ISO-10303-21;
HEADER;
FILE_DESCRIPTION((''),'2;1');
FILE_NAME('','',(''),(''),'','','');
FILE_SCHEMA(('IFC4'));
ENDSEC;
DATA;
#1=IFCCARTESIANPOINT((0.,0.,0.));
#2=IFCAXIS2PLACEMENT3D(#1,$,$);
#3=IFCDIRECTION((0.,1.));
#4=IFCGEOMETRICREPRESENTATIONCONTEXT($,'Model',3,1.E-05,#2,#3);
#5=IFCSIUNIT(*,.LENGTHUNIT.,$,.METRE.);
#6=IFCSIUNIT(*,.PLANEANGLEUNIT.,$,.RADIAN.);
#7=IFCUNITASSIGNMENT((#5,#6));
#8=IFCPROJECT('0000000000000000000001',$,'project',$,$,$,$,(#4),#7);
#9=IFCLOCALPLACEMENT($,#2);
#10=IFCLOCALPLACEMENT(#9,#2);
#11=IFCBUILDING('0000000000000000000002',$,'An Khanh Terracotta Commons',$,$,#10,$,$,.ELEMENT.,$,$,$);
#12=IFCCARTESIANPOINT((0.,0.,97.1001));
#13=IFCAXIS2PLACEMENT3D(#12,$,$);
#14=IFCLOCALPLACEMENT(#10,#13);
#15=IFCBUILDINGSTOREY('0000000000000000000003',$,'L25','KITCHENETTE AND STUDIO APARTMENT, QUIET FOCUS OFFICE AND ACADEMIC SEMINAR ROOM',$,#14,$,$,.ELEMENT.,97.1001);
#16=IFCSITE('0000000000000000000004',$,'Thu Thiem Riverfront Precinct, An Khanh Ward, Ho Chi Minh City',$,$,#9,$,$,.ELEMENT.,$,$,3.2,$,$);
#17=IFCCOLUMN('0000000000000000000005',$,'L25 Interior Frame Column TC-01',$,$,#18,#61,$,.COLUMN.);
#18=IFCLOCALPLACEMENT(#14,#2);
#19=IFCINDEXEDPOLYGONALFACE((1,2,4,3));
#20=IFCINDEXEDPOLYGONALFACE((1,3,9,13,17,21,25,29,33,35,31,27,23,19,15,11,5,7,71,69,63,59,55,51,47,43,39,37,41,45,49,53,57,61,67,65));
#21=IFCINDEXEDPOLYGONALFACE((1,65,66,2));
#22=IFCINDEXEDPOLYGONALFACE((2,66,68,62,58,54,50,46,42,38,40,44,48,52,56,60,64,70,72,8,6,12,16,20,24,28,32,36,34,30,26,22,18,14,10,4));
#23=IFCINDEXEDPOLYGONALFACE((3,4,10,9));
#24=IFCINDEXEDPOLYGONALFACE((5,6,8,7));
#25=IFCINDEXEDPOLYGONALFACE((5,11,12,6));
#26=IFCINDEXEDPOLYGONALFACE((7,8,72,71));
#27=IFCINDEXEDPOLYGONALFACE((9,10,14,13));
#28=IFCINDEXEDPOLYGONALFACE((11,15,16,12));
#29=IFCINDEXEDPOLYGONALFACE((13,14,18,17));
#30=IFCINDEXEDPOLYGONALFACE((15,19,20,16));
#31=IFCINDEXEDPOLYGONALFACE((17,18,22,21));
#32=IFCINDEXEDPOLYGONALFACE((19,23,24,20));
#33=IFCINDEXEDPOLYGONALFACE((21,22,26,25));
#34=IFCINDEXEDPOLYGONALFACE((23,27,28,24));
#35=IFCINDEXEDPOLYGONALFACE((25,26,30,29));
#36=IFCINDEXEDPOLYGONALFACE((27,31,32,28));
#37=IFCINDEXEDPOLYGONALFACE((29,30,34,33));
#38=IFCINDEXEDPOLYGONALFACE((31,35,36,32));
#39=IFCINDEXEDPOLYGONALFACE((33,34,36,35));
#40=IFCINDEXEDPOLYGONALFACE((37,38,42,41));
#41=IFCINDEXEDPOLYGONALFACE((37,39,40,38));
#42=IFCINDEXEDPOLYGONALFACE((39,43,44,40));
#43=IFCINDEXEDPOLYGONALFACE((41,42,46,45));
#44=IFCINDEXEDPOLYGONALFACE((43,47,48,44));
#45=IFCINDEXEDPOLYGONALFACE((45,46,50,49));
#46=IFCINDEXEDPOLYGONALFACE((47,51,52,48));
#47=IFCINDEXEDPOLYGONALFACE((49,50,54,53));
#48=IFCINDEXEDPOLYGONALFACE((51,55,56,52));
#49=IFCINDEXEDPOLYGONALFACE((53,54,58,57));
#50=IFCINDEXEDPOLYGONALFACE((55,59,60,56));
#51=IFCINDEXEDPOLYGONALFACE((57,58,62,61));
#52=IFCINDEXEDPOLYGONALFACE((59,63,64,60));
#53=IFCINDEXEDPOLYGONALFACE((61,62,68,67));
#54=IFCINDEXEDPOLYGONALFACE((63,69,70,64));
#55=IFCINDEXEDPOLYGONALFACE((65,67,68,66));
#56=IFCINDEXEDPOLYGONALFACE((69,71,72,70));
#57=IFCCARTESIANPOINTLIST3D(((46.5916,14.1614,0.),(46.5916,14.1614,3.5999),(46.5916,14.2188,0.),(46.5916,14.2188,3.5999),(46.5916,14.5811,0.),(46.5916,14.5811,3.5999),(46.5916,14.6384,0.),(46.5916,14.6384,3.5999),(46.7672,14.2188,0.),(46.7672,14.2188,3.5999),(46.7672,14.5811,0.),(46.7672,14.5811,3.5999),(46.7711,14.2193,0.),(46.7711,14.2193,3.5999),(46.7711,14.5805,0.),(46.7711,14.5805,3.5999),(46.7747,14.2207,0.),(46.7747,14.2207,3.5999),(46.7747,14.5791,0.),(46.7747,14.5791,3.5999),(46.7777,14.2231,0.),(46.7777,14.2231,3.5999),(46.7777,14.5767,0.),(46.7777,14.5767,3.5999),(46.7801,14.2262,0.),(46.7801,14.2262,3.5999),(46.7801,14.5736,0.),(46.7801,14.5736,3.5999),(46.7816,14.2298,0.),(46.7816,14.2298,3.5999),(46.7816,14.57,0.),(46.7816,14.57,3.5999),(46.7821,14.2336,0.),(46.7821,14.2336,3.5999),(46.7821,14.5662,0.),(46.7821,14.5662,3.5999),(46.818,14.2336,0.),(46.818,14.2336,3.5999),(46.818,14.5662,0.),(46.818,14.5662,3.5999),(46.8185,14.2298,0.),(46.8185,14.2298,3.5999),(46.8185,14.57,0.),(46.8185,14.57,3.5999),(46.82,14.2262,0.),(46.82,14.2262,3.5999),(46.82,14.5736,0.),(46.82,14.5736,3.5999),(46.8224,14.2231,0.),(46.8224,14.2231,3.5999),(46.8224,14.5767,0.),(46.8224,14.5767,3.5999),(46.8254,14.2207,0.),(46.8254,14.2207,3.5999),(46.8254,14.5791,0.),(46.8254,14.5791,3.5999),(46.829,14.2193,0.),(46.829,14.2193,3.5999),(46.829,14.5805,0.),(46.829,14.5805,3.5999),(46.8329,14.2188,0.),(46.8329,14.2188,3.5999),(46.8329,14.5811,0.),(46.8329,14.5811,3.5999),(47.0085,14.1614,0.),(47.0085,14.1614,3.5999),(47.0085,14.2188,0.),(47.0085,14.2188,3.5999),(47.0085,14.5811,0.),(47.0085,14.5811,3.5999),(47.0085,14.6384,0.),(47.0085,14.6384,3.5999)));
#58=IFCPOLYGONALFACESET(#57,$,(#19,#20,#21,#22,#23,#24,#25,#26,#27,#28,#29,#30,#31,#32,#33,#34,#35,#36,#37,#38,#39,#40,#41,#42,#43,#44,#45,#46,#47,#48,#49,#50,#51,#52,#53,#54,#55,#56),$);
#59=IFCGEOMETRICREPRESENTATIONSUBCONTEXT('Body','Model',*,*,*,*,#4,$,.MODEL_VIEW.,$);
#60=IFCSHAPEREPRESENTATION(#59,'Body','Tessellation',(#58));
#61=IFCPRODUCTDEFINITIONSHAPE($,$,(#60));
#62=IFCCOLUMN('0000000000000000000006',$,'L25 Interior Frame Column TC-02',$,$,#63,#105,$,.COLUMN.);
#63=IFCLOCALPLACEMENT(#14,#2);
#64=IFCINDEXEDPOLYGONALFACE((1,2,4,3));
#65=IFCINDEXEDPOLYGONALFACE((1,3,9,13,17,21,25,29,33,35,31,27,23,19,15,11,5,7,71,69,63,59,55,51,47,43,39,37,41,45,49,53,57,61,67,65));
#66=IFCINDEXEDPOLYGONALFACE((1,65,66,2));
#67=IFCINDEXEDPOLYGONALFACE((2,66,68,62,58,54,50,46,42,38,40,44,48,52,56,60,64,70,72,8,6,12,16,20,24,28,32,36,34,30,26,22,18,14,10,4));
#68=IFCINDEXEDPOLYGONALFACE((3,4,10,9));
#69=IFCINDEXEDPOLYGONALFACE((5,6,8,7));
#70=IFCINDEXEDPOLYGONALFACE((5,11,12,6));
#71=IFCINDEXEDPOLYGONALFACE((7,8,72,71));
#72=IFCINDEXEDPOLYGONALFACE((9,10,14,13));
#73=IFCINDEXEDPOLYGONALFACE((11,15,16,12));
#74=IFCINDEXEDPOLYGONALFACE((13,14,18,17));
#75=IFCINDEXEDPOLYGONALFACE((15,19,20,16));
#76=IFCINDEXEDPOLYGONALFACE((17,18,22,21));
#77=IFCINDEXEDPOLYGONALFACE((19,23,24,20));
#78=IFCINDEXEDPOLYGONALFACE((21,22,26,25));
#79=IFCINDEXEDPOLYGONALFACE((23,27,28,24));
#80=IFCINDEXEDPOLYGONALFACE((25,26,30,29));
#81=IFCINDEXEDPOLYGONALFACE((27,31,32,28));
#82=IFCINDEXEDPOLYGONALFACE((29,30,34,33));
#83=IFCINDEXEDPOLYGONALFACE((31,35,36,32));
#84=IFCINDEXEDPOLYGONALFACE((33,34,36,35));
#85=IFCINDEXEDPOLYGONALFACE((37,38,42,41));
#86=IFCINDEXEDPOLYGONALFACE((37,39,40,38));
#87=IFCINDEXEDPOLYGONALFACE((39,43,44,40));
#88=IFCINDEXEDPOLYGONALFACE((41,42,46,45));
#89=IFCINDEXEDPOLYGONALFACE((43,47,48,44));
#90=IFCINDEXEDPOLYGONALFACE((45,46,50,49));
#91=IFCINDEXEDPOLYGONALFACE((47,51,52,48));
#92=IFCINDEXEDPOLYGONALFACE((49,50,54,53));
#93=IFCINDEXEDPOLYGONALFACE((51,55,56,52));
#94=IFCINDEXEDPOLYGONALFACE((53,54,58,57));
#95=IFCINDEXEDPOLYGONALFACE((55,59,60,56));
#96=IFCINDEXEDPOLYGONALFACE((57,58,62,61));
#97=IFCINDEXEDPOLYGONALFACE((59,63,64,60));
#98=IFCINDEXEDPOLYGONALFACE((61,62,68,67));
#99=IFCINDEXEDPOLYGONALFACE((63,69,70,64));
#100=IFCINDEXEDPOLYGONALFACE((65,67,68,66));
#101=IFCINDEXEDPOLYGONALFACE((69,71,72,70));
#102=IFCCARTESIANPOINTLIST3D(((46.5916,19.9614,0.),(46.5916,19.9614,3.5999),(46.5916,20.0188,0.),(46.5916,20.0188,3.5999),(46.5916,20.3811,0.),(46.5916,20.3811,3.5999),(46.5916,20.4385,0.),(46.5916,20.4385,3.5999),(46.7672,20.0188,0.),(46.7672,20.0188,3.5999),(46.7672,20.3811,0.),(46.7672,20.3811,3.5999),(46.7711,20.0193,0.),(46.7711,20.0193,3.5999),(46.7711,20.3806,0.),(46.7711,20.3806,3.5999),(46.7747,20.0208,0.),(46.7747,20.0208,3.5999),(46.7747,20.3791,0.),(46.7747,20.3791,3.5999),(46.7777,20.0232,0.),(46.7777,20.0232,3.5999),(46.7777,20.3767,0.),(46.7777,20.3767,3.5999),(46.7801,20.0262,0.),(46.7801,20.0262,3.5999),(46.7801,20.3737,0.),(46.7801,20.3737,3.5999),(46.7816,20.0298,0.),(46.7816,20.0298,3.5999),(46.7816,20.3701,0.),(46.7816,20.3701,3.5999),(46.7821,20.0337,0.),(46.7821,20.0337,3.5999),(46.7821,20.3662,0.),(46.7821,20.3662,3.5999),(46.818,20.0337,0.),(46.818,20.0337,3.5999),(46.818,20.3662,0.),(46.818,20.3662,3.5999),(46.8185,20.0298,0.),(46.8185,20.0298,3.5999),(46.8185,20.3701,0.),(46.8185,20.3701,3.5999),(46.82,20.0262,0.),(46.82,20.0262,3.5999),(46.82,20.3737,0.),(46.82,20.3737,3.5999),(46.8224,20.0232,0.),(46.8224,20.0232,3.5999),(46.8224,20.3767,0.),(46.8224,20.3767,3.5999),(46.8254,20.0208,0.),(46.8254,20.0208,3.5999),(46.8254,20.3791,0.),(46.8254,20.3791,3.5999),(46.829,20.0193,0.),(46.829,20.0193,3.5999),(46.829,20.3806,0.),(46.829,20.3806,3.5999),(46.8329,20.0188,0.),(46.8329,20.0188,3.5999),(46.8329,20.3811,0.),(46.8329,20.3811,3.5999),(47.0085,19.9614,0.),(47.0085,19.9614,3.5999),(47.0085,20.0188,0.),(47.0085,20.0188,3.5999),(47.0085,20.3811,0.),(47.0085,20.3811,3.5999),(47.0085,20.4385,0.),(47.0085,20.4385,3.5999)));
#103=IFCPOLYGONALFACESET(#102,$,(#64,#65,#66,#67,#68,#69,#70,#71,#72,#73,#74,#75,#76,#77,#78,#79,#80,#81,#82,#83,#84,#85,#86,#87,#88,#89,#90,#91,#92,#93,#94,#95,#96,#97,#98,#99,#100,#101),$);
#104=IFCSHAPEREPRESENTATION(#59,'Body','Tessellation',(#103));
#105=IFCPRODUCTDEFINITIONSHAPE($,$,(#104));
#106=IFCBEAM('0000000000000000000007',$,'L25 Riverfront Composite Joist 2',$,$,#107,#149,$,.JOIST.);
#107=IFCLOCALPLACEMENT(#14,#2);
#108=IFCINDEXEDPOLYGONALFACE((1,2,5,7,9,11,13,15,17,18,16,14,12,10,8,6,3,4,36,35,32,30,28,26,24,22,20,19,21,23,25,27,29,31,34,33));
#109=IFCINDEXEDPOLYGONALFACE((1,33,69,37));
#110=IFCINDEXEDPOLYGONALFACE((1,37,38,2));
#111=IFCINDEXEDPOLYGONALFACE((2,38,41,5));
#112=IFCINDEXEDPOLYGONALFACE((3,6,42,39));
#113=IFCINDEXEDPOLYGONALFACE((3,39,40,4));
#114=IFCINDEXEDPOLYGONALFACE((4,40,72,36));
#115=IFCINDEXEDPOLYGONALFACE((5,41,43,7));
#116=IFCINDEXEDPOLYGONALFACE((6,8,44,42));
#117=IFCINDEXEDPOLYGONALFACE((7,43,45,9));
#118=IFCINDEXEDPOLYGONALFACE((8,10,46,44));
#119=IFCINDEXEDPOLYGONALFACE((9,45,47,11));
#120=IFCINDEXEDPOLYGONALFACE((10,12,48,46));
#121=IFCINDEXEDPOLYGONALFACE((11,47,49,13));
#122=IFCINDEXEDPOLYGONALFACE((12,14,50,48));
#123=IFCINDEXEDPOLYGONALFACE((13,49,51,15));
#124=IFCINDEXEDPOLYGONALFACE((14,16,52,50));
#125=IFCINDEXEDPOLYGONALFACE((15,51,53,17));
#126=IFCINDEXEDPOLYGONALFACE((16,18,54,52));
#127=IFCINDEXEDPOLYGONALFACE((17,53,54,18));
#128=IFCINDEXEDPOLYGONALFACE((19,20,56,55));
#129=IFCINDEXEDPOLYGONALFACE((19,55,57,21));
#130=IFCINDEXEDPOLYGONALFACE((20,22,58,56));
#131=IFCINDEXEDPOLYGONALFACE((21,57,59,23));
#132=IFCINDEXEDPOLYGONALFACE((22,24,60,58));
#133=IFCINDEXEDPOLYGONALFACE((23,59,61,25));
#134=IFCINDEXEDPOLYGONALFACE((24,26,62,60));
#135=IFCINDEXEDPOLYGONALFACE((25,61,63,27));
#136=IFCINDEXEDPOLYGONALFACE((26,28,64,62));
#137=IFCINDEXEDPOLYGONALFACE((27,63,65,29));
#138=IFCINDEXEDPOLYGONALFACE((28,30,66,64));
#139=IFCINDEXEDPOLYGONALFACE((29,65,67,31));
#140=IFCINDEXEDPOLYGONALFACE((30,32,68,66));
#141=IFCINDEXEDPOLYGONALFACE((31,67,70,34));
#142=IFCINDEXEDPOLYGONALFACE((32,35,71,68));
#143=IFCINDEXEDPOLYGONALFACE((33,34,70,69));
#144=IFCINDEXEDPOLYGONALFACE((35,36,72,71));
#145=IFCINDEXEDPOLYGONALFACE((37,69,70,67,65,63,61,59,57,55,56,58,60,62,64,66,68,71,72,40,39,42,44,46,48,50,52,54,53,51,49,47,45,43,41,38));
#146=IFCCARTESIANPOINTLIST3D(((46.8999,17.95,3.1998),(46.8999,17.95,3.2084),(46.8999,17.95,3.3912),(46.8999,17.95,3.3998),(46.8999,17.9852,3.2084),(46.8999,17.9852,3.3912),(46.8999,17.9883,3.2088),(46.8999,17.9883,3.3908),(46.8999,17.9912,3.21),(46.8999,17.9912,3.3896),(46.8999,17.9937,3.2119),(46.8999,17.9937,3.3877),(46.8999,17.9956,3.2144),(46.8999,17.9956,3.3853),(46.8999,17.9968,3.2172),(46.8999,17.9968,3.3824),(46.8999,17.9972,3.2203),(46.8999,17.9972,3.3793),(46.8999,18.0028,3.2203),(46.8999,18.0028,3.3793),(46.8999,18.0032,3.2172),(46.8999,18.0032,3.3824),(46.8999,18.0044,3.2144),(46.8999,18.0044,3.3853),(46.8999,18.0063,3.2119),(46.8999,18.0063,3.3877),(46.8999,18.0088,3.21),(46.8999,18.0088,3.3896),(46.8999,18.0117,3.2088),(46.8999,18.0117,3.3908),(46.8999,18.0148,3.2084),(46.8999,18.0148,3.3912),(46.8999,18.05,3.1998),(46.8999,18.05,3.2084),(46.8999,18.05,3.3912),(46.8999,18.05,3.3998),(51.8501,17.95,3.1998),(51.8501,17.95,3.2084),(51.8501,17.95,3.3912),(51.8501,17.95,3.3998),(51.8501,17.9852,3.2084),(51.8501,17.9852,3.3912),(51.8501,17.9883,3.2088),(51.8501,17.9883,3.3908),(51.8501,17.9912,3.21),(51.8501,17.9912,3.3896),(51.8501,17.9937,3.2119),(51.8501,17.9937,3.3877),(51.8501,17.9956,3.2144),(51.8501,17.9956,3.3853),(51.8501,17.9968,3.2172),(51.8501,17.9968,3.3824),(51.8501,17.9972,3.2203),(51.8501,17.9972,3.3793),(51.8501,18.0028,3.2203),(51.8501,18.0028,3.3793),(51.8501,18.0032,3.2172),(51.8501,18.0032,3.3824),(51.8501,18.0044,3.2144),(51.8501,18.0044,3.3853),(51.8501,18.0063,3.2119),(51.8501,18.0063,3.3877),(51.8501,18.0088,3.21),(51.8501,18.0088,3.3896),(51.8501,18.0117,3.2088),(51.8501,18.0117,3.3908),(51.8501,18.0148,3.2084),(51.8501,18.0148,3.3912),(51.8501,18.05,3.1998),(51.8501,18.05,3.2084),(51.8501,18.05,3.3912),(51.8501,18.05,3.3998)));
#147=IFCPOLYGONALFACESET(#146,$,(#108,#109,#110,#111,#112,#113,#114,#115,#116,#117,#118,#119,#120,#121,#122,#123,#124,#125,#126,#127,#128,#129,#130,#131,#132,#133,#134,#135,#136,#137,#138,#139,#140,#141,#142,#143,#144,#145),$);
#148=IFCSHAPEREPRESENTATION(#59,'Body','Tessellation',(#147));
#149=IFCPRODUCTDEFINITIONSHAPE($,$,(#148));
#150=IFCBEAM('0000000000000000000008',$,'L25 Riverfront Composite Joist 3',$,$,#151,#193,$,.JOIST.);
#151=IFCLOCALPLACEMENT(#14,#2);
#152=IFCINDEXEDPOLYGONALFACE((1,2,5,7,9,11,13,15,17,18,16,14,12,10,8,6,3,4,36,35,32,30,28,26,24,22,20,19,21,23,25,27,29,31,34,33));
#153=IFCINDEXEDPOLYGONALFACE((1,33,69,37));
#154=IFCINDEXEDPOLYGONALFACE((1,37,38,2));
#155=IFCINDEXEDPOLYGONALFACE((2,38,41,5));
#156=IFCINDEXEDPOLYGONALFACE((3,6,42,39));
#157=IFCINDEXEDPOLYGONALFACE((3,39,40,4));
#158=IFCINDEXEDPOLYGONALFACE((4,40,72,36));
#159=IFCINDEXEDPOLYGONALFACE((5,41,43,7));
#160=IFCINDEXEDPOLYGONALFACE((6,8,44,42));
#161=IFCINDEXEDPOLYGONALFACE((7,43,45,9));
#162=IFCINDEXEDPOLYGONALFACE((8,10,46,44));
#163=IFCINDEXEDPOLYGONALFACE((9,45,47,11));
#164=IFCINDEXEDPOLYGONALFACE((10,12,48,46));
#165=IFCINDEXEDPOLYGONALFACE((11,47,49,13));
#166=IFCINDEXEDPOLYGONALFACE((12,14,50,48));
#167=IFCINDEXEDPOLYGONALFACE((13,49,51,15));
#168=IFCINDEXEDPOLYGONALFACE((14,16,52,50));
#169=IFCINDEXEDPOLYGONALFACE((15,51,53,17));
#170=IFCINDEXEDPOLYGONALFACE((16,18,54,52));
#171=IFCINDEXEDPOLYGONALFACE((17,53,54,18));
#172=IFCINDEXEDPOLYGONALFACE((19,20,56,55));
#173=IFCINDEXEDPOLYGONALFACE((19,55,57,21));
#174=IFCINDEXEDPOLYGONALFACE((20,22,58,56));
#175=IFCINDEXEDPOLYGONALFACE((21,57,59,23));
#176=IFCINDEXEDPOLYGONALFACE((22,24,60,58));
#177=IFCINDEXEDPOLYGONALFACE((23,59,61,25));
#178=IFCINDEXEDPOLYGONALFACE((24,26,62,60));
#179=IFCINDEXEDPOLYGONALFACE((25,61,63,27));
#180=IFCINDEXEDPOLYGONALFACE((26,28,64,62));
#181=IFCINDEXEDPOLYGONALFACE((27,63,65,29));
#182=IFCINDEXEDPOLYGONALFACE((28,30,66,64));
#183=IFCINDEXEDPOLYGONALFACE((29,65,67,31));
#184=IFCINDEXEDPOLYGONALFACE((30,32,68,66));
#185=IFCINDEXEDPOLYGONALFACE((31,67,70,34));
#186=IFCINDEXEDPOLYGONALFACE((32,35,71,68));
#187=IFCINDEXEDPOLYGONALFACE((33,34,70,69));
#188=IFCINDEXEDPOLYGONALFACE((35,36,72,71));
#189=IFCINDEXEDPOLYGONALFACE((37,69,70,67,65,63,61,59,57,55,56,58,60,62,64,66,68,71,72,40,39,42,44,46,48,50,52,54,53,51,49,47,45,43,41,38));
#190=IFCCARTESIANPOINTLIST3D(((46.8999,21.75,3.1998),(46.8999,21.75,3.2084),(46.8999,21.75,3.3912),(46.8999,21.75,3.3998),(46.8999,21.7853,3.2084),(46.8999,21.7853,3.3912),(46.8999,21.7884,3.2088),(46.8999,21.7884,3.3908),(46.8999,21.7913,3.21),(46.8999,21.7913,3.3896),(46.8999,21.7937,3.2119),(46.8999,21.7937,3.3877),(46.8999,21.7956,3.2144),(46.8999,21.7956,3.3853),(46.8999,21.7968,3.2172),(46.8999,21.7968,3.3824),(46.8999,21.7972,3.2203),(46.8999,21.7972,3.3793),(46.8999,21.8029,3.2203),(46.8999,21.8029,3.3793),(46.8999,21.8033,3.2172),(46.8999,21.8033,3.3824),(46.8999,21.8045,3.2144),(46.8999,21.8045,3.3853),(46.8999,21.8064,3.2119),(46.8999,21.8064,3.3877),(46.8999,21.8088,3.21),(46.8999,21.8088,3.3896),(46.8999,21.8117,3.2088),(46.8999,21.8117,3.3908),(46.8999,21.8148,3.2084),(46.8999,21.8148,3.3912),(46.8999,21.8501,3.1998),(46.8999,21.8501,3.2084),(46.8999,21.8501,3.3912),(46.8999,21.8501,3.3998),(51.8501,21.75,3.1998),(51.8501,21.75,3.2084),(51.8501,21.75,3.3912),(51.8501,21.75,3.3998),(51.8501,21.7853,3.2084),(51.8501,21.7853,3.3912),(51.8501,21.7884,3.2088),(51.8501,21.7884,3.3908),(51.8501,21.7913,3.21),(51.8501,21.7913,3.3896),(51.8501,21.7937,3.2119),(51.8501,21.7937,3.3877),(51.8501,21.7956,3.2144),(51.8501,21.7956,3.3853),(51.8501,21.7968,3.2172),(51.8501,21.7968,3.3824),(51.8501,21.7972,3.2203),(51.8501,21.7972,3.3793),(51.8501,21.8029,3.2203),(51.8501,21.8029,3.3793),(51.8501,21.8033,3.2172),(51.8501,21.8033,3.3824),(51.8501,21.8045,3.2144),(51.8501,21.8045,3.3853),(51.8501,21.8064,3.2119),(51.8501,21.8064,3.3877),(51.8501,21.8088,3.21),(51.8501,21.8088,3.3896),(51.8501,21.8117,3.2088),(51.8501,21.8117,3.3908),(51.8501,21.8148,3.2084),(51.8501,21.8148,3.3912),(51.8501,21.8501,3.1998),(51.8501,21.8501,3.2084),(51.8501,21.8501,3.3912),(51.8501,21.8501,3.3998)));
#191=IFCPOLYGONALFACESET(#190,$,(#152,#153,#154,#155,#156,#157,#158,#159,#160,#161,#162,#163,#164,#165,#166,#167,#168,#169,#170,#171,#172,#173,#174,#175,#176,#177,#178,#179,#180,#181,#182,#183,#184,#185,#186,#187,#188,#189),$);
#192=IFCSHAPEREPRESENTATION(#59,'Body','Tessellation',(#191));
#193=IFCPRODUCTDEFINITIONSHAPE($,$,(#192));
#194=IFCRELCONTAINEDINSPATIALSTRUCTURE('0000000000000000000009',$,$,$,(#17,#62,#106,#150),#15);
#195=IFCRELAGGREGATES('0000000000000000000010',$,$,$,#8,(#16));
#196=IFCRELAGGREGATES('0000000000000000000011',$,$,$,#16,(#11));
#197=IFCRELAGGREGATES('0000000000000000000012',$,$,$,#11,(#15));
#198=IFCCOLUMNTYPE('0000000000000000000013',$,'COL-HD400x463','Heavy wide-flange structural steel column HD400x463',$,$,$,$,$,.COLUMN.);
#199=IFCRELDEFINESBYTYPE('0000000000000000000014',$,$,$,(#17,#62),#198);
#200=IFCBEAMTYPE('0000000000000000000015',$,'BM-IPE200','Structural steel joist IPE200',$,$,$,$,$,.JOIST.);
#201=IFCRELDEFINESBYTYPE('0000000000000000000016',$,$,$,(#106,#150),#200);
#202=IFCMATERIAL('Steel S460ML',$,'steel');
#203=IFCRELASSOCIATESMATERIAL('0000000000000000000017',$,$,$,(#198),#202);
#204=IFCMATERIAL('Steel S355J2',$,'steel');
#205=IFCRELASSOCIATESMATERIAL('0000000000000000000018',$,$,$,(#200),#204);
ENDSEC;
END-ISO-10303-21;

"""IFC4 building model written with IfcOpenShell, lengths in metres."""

from ifc_helpers import new_model, si_unit, direction, frame, origin, origin_2d, place, context, subcontext, project, spatial, i_section, extrude, material, material_profile, profile_set, type_object, element, save


model = new_model("IFC4")

# Units and contexts
model_context = context("Model", 3, precision=1e-05, world=origin(), true_north=direction((0.0, 1.0)))
body_context = subcontext(model_context, "Body", "Model", "MODEL_VIEW")
ifc_project = project(units=[si_unit("LENGTHUNIT", "METRE"), si_unit("PLANEANGLEUNIT", "RADIAN")], contexts=[model_context])

# Site, building, storey
site_placement = place(None, origin())
site = spatial("IfcSite", under=ifc_project, at=site_placement, Name="Thu Thiem Riverfront Precinct, An Khanh Ward, Ho Chi Minh City", CompositionType="ELEMENT", RefElevation=3.2)
building_placement = place(site_placement, origin())
building = spatial("IfcBuilding", under=site, at=building_placement, Name="An Khanh Terracotta Commons", CompositionType="ELEMENT")
storey_placement = place(building_placement, frame((0.0, 0.0, 97.1001)))
storey = spatial("IfcBuildingStorey", under=building, at=storey_placement, Name="L25", Description="KITCHENETTE AND STUDIO APARTMENT, QUIET FOCUS OFFICE AND ACADEMIC SEMINAR ROOM", CompositionType="ELEMENT", Elevation=97.1001)

# Columns
ifc_material_1 = material(Name="Steel S460ML", Category="steel")
ifc_material_profile_1 = material_profile(ifc_material_1, i_section(OverallWidth=0.417, OverallDepth=0.4771, WebThickness=0.0359, FlangeThickness=0.0574, FilletRadius=0.0149, at=origin_2d()), Name="HD400x463")
ifc_profile_set_1 = profile_set([ifc_material_profile_1], Name="Steel S460ML")
column_type = type_object("IfcColumnType", Name="COL-HD400x463", Description="Heavy wide-flange structural steel column HD400x463", PredefinedType="COLUMN", material=ifc_profile_set_1)
for number, where, z_axis, x_axis, name in (
    (1, (46.8, 14.3999, 0.0), (0.0, 0.0, 1.0), (1.0, 0.0, 0.0), "L25 Interior Frame Column TC-01"),
    (2, (46.8, 20.2, 0.0), (0.0, 0.0, 1.0), (1.0, 0.0, 0.0), "L25 Interior Frame Column TC-02"),
):
    element("IfcColumn", number, at=place(storey_placement, frame(where, z_axis=z_axis, x_axis=x_axis)), inside=storey, type_object=column_type, Name=name, PredefinedType="COLUMN", context=body_context, shape_type="SweptSolid", body=[
        extrude(i_section(OverallWidth=0.417, OverallDepth=0.4771, WebThickness=0.0359, FlangeThickness=0.0574, FilletRadius=0.0149, at=origin_2d()), origin(), (0.0, 0.0, 1.0), 3.5999),
    ])

# Beams
ifc_material_2 = material(Name="Steel S355J2", Category="steel")
ifc_material_profile_2 = material_profile(ifc_material_2, i_section(OverallWidth=0.1001, OverallDepth=0.2, WebThickness=0.0056, FlangeThickness=0.0085, FilletRadius=0.012, at=origin_2d()), Name="IPE200")
ifc_profile_set_2 = profile_set([ifc_material_profile_2], Name="Steel S355J2")
beam_type_1 = type_object("IfcBeamType", Name="BM-IPE200", Description="Structural steel joist IPE200", PredefinedType="JOIST", material=ifc_profile_set_2)
for number, where, z_axis, x_axis, name in (
    (3, (46.8999, 18.0, 3.2998), (1.0, 0.0, 0.0), (0.0, 1.0, 0.0), "L25 Riverfront Composite Joist 2"),
    (4, (46.8999, 21.8, 3.2998), (1.0, 0.0, 0.0), (0.0, 1.0, 0.0), "L25 Riverfront Composite Joist 3"),
):
    element("IfcBeam", number, at=place(storey_placement, frame(where, z_axis=z_axis, x_axis=x_axis)), inside=storey, type_object=beam_type_1, Name=name, PredefinedType="JOIST", context=body_context, shape_type="SweptSolid", body=[
        extrude(i_section(OverallWidth=0.1001, OverallDepth=0.2, WebThickness=0.0056, FlangeThickness=0.0085, FilletRadius=0.012, at=origin_2d()), origin(), (0.0, 0.0, 1.0), 4.9502),
    ])

save(model, "model.ifc")
